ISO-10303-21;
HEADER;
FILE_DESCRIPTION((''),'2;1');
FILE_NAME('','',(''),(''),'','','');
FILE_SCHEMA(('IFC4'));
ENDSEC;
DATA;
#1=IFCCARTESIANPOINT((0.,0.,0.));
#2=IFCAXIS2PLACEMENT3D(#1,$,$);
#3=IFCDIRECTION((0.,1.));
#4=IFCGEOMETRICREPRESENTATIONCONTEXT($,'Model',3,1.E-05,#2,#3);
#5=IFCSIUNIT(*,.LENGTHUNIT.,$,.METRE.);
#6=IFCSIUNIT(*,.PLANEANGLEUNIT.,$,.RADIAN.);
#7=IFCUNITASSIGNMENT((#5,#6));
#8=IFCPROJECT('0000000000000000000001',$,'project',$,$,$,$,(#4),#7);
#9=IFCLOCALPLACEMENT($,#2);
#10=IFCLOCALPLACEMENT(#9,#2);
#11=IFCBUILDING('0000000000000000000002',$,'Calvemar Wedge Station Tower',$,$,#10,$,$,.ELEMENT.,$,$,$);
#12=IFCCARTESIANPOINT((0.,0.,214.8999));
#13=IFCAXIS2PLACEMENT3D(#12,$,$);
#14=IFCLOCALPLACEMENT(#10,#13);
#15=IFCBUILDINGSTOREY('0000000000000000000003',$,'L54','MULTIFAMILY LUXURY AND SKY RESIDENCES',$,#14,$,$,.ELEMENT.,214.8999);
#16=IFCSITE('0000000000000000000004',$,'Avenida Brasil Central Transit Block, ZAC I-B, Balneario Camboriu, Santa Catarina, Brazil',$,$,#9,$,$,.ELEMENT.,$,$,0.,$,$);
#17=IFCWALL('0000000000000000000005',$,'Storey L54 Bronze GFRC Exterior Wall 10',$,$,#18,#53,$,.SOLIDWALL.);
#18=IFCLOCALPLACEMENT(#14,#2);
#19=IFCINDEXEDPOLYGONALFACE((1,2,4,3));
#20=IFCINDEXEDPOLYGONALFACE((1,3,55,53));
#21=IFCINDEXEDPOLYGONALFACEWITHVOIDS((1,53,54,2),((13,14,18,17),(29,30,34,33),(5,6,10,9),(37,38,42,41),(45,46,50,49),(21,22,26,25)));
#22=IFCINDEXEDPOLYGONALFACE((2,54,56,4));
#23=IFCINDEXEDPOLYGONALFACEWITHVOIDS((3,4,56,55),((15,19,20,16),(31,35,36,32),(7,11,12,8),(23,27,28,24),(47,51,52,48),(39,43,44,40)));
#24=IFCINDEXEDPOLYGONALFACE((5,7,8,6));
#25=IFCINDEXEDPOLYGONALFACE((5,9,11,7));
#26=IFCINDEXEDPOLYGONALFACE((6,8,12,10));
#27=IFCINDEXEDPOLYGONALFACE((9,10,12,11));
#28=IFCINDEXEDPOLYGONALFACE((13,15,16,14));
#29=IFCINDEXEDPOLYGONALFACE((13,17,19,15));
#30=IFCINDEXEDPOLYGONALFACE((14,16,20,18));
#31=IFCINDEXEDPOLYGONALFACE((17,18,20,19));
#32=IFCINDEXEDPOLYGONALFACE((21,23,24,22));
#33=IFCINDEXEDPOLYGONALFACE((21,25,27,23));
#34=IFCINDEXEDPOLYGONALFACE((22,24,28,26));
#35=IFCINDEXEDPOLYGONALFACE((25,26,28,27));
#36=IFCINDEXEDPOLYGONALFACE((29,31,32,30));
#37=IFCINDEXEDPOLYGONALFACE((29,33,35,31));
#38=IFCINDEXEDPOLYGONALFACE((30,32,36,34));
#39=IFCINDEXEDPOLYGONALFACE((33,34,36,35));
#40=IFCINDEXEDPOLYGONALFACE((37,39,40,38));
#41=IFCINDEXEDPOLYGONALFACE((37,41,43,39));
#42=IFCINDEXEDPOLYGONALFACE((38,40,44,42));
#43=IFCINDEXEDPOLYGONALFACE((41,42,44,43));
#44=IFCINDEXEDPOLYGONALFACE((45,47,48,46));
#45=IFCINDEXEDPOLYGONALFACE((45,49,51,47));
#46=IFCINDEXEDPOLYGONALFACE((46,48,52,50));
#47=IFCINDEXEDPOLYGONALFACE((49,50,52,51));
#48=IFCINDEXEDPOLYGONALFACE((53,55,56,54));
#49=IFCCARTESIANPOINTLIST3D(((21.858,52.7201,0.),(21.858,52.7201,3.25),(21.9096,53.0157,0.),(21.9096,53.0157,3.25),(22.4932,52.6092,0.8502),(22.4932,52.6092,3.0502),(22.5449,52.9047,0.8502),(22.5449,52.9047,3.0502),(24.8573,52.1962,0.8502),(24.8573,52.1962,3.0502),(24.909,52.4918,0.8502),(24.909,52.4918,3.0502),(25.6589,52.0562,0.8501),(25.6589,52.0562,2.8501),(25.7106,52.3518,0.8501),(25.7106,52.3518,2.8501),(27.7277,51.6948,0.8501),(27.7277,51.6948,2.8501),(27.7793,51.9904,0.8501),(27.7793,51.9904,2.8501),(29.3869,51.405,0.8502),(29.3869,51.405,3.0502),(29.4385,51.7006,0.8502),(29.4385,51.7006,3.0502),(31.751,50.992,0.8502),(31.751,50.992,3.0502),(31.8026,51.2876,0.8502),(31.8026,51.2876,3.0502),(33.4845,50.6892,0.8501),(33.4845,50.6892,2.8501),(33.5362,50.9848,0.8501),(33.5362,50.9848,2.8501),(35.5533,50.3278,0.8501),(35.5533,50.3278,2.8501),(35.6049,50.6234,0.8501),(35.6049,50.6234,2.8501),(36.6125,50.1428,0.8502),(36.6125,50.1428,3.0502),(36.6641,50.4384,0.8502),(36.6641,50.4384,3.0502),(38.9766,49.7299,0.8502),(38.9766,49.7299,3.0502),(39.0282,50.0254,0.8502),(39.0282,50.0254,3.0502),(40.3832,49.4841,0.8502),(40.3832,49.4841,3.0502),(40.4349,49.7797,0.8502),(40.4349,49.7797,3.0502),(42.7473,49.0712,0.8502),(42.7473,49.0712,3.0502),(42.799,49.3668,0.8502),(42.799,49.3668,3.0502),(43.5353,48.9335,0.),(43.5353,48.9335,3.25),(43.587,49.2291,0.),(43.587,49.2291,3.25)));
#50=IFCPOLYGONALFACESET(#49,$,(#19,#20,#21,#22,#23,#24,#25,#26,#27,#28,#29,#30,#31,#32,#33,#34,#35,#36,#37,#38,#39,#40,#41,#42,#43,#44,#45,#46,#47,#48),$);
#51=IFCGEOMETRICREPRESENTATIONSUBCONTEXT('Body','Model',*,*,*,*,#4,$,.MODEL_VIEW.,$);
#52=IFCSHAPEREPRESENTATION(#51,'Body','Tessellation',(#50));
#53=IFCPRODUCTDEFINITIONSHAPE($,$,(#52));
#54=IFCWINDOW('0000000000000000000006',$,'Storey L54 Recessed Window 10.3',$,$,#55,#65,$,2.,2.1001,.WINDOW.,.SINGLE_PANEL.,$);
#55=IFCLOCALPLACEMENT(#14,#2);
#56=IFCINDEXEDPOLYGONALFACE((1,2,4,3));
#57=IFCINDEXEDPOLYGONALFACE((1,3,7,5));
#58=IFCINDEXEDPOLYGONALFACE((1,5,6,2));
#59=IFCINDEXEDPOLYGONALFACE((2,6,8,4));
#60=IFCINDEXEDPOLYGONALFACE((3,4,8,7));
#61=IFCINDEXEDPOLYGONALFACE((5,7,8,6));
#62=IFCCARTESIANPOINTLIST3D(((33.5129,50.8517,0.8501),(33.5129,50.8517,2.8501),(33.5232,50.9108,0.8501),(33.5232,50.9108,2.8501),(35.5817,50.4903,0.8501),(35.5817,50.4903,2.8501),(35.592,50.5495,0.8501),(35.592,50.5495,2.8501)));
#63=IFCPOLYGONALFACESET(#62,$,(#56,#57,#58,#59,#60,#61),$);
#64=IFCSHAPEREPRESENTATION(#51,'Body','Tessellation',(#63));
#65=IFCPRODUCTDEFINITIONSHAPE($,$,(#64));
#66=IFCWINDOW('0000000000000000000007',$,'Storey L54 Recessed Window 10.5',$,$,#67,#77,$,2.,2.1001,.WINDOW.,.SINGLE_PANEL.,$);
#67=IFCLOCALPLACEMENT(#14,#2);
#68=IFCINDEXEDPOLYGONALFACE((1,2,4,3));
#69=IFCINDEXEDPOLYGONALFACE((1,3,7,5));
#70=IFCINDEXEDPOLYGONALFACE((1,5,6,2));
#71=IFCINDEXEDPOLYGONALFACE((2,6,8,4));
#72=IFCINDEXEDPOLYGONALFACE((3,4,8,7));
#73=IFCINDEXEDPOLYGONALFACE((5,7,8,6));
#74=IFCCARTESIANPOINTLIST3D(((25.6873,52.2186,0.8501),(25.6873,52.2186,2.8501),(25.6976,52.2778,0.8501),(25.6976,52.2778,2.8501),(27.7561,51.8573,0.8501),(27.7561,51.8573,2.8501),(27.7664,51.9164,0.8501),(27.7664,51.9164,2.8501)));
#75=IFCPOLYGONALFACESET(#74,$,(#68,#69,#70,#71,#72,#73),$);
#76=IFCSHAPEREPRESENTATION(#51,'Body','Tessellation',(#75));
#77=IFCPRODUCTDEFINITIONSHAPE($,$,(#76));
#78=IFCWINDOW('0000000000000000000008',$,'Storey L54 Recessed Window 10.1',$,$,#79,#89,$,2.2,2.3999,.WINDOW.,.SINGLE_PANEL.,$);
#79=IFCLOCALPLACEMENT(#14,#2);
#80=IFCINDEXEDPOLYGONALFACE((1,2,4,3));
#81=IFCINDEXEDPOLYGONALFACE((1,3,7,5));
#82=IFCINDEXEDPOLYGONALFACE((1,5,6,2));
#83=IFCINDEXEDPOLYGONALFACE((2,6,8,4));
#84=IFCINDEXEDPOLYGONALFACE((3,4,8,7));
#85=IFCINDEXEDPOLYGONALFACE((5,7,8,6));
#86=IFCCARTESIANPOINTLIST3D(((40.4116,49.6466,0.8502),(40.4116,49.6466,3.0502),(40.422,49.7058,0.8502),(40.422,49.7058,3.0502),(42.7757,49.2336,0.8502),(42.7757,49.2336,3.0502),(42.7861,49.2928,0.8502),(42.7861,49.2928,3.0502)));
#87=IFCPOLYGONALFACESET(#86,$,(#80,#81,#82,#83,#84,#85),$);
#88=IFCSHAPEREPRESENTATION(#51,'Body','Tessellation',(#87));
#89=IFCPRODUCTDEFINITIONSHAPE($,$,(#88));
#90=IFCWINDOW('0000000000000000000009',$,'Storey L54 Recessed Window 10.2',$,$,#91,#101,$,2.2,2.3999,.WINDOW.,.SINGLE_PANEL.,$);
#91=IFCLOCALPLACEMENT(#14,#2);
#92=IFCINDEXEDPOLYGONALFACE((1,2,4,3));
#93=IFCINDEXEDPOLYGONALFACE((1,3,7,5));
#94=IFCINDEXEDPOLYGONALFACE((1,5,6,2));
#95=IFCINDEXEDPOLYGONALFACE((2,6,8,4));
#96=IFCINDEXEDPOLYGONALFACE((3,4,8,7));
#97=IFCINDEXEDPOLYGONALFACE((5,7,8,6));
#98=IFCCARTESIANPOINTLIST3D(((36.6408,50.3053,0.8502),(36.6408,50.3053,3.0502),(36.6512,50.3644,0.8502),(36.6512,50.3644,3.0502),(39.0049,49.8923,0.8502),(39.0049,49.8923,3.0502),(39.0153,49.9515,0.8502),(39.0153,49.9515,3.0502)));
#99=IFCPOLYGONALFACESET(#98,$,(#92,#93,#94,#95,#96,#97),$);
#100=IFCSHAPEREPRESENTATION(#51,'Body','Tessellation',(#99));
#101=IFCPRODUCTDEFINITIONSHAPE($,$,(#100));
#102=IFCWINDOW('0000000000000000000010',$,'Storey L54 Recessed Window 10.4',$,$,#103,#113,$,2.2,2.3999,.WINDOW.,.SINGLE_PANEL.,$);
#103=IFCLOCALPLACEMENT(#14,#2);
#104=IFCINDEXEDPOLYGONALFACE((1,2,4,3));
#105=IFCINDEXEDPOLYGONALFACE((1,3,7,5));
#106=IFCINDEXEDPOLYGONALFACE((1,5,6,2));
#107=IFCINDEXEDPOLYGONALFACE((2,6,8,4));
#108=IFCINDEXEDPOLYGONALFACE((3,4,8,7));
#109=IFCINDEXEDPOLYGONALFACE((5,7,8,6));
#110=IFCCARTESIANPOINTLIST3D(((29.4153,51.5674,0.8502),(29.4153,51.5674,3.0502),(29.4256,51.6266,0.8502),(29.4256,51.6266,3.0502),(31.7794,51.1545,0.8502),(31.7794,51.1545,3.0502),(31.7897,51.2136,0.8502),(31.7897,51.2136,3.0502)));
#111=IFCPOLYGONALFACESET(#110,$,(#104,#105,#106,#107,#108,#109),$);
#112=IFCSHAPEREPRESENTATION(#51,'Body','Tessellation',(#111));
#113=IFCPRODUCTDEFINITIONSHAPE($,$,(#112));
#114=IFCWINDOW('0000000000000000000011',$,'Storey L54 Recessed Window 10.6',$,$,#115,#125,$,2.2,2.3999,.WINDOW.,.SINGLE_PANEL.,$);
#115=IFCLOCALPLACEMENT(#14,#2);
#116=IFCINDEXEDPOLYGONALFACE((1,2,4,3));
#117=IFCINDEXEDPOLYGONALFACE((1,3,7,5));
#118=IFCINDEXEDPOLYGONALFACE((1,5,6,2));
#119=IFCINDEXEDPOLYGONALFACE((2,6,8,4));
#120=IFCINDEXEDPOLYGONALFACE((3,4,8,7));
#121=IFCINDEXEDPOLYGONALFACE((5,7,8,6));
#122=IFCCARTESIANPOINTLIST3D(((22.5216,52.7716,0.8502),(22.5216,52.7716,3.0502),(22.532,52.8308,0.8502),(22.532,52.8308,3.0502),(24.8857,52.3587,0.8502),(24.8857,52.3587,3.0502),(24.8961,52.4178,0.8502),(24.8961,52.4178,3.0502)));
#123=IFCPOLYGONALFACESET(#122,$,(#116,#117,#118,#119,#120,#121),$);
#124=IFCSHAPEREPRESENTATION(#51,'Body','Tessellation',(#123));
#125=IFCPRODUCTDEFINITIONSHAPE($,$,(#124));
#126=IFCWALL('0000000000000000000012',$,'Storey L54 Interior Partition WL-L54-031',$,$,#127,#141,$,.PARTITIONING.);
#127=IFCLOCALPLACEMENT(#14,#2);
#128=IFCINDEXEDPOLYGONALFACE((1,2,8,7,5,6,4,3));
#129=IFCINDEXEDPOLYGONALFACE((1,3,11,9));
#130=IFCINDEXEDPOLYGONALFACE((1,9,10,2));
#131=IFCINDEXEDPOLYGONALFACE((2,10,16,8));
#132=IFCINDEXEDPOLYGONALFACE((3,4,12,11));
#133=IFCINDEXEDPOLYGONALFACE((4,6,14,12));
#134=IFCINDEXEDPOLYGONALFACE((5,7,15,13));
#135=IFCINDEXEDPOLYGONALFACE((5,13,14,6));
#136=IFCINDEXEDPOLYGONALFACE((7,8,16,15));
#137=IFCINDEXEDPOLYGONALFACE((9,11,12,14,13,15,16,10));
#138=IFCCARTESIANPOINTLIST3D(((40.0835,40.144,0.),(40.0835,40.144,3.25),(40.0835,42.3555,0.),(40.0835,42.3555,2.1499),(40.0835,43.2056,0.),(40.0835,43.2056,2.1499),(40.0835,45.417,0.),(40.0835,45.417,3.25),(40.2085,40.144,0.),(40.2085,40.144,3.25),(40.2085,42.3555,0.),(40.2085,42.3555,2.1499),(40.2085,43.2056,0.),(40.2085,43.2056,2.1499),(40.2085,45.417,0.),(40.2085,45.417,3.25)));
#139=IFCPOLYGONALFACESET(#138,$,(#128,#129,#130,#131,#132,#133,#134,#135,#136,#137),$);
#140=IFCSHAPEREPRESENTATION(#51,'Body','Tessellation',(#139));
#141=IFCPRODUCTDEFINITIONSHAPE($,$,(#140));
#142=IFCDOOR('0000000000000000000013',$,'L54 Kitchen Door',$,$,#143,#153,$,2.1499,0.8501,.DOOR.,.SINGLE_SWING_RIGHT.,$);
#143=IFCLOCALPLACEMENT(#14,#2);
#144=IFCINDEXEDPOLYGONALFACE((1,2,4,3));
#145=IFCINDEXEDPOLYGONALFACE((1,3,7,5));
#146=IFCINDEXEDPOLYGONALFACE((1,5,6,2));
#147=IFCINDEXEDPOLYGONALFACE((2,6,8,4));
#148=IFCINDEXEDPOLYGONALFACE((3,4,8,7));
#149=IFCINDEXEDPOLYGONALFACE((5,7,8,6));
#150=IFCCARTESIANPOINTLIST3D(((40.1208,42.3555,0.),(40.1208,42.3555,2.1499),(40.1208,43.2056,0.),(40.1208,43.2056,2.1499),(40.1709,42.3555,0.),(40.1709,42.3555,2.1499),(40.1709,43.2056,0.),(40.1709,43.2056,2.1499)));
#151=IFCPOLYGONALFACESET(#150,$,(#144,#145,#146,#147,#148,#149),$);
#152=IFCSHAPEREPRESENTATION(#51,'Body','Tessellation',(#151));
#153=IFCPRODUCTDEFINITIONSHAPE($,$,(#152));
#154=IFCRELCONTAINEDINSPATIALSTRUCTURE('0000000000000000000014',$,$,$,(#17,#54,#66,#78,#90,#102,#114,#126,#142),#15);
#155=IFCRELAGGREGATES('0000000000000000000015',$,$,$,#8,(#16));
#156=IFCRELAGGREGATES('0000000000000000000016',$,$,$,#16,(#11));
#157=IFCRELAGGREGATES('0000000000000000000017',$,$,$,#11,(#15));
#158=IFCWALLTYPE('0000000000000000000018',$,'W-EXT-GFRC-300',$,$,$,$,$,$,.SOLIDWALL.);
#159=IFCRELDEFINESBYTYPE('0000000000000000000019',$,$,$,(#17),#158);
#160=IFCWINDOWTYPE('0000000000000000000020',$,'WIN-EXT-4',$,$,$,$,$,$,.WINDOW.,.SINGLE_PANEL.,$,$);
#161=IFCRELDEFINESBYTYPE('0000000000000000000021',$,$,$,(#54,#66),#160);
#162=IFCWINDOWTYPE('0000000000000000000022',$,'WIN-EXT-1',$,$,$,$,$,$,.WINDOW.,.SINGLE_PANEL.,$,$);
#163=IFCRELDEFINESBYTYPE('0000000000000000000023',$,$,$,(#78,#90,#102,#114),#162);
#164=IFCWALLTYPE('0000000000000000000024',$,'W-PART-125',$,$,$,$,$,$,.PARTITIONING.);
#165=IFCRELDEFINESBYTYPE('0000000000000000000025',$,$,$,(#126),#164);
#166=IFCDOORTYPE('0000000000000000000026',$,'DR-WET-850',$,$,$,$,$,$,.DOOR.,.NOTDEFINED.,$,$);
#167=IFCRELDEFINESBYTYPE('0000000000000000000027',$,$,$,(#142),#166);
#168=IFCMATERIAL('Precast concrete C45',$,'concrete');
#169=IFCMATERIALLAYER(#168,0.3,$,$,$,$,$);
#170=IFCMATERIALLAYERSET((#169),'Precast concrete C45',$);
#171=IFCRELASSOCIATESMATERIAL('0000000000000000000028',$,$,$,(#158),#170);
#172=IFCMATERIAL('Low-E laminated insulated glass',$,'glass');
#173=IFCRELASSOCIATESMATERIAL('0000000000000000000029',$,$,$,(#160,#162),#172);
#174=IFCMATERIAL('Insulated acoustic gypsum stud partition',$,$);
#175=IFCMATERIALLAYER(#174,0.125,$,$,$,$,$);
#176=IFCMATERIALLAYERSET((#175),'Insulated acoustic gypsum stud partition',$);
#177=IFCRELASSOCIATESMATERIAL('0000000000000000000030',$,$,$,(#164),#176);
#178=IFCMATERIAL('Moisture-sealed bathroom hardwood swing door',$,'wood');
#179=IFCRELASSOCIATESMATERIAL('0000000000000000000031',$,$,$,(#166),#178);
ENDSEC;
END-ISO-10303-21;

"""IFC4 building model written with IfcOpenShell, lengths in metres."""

from ifc_helpers import new_model, si_unit, direction, frame, frame_2d, origin, place, context, subcontext, project, spatial, rectangle, extrude, source, transform, mapped, material, layer, layer_set, type_object, element, fill, save


model = new_model("IFC4")

# Units and contexts
model_context = context("Model", 3, precision=1e-05, world=origin(), true_north=direction((0.0, 1.0)))
body_context = subcontext(model_context, "Body", "Model", "MODEL_VIEW")
ifc_project = project(units=[si_unit("LENGTHUNIT", "METRE"), si_unit("PLANEANGLEUNIT", "RADIAN")], contexts=[model_context])

# Site, building, storey
site_placement = place(None, origin())
site = spatial("IfcSite", under=ifc_project, at=site_placement, Name="Avenida Brasil Central Transit Block, ZAC I-B, Balneario Camboriu, Santa Catarina, Brazil", CompositionType="ELEMENT", RefElevation=0.0)
building_placement = place(site_placement, origin())
building = spatial("IfcBuilding", under=site, at=building_placement, Name="Calvemar Wedge Station Tower", CompositionType="ELEMENT")
storey_placement = place(building_placement, frame((0.0, 0.0, 214.8999)))
storey = spatial("IfcBuildingStorey", under=building, at=storey_placement, Name="L54", Description="MULTIFAMILY LUXURY AND SKY RESIDENCES", CompositionType="ELEMENT", Elevation=214.8999)

# Shared definitions
ifc_material_1 = material(Name="Precast concrete C45", Category="concrete")
ifc_layer_1 = layer(ifc_material_1, 0.3)
ifc_layer_set_1 = layer_set([ifc_layer_1], Name="Precast concrete C45")
wall_type_1 = type_object("IfcWallType", Name="W-EXT-GFRC-300", PredefinedType="SOLIDWALL", material=ifc_layer_set_1)
ifc_material_2 = material(Name="Low-E laminated insulated glass", Category="glass")

# Wall, openings, windows
wall_1_placement = place(storey_placement, frame((43.5613, 49.0813, 0.0), z_axis=(0.0, 0.0, 1.0), x_axis=(-0.985084, 0.172074, 0.0)))
wall_1 = element("IfcWall", 1, at=wall_1_placement, inside=storey, type_object=wall_type_1, Name="Storey L54 Bronze GFRC Exterior Wall 10", PredefinedType="SOLIDWALL", context=body_context, shape_type="SweptSolid", body=[
    extrude(rectangle(XDim=22.0056, YDim=0.3, at=frame_2d((11.0029, 0.0))), origin(), (0.0, 0.0, 1.0), 3.25),
])
shared_shape_1 = source(origin(), body_context, "Body", "SweptSolid", [
    extrude(rectangle(XDim=2.3999, YDim=2.2, at=frame_2d((1.2, 1.1001))), frame((0.0, 0.1602, 0.0), z_axis=(0.0, -1.0, 0.0), x_axis=(1.0, 0.0, 0.0)), (0.0, 0.0, 1.0), 0.3201),
])
opening_1_placement = place(wall_1_placement, frame((0.8, 0.0, 0.8501)))
opening_1 = element("IfcOpeningElement", 2, at=opening_1_placement, cuts=wall_1, PredefinedType="OPENING", context=body_context, shape_type="MappedRepresentation", body=[
    mapped(shared_shape_1, transform((0.0, 0.0, 0.0), scale=1.0)),
])
opening_2_placement = place(wall_1_placement, frame((4.6279, 0.0, 0.8501)))
opening_2 = element("IfcOpeningElement", 3, at=opening_2_placement, cuts=wall_1, PredefinedType="OPENING", context=body_context, shape_type="MappedRepresentation", body=[
    mapped(shared_shape_1, transform((0.0, 0.0, 0.0), scale=1.0)),
])
shared_shape_2 = source(origin(), body_context, "Body", "SweptSolid", [
    extrude(rectangle(XDim=2.1001, YDim=2.0, at=frame_2d((1.05, 1.0))), frame((0.0, 0.1602, 0.0), z_axis=(0.0, -1.0, 0.0), x_axis=(1.0, 0.0, 0.0)), (0.0, 0.0, 1.0), 0.3201),
])
opening_3_placement = place(wall_1_placement, frame((8.103, 0.0, 0.8501)))
opening_3 = element("IfcOpeningElement", 4, at=opening_3_placement, cuts=wall_1, PredefinedType="OPENING", context=body_context, shape_type="MappedRepresentation", body=[
    mapped(shared_shape_2, transform((0.0, 0.0, 0.0), scale=1.0)),
])
opening_4_placement = place(wall_1_placement, frame((11.9629, 0.0, 0.8501)))
opening_4 = element("IfcOpeningElement", 5, at=opening_4_placement, cuts=wall_1, PredefinedType="OPENING", context=body_context, shape_type="MappedRepresentation", body=[
    mapped(shared_shape_1, transform((0.0, 0.0, 0.0), scale=1.0)),
])
opening_5_placement = place(wall_1_placement, frame((16.0471, 0.0, 0.8501)))
opening_5 = element("IfcOpeningElement", 6, at=opening_5_placement, cuts=wall_1, PredefinedType="OPENING", context=body_context, shape_type="MappedRepresentation", body=[
    mapped(shared_shape_2, transform((0.0, 0.0, 0.0), scale=1.0)),
])
opening_6_placement = place(wall_1_placement, frame((18.9609, 0.0, 0.8501)))
opening_6 = element("IfcOpeningElement", 7, at=opening_6_placement, cuts=wall_1, PredefinedType="OPENING", context=body_context, shape_type="MappedRepresentation", body=[
    mapped(shared_shape_1, transform((0.0, 0.0, 0.0), scale=1.0)),
])
window_type_1 = type_object("IfcWindowType", Name="WIN-EXT-4", PartitioningType="SINGLE_PANEL", PredefinedType="WINDOW", material=ifc_material_2)
shared_shape_3 = source(origin(), body_context, "Body", "SweptSolid", [
    extrude(rectangle(XDim=2.1001, YDim=2.0, at=frame_2d((1.05, 1.0))), frame((0.0, -0.0149, 0.0), z_axis=(0.0, -1.0, 0.0), x_axis=(1.0, 0.0, 0.0)), (0.0, 0.0, 1.0), 0.0601),
])
window_1_placement = place(opening_3_placement, origin())
window_1 = element("IfcWindow", 8, at=window_1_placement, inside=storey, type_object=window_type_1, Name="Storey L54 Recessed Window 10.3", OverallHeight=2.0, OverallWidth=2.1001, PartitioningType="SINGLE_PANEL", PredefinedType="WINDOW", context=body_context, shape_type="MappedRepresentation", body=[
    mapped(shared_shape_3, transform((0.0, 0.0, 0.0), scale=1.0)),
])
fill(opening_3, window_1)
window_2_placement = place(opening_5_placement, origin())
window_2 = element("IfcWindow", 9, at=window_2_placement, inside=storey, type_object=window_type_1, Name="Storey L54 Recessed Window 10.5", OverallHeight=2.0, OverallWidth=2.1001, PartitioningType="SINGLE_PANEL", PredefinedType="WINDOW", context=body_context, shape_type="MappedRepresentation", body=[
    mapped(shared_shape_3, transform((0.0, 0.0, 0.0), scale=1.0)),
])
fill(opening_5, window_2)
window_type_2 = type_object("IfcWindowType", Name="WIN-EXT-1", PartitioningType="SINGLE_PANEL", PredefinedType="WINDOW", material=ifc_material_2)
shared_shape_4 = source(origin(), body_context, "Body", "SweptSolid", [
    extrude(rectangle(XDim=2.3999, YDim=2.2, at=frame_2d((1.2, 1.1001))), frame((0.0, -0.0149, 0.0), z_axis=(0.0, -1.0, 0.0), x_axis=(1.0, 0.0, 0.0)), (0.0, 0.0, 1.0), 0.0601),
])
window_3_placement = place(opening_1_placement, origin())
window_3 = element("IfcWindow", 10, at=window_3_placement, inside=storey, type_object=window_type_2, Name="Storey L54 Recessed Window 10.1", OverallHeight=2.2, OverallWidth=2.3999, PartitioningType="SINGLE_PANEL", PredefinedType="WINDOW", context=body_context, shape_type="MappedRepresentation", body=[
    mapped(shared_shape_4, transform((0.0, 0.0, 0.0), scale=1.0)),
])
fill(opening_1, window_3)
window_4_placement = place(opening_2_placement, origin())
window_4 = element("IfcWindow", 11, at=window_4_placement, inside=storey, type_object=window_type_2, Name="Storey L54 Recessed Window 10.2", OverallHeight=2.2, OverallWidth=2.3999, PartitioningType="SINGLE_PANEL", PredefinedType="WINDOW", context=body_context, shape_type="MappedRepresentation", body=[
    mapped(shared_shape_4, transform((0.0, 0.0, 0.0), scale=1.0)),
])
fill(opening_2, window_4)
window_5_placement = place(opening_4_placement, origin())
window_5 = element("IfcWindow", 12, at=window_5_placement, inside=storey, type_object=window_type_2, Name="Storey L54 Recessed Window 10.4", OverallHeight=2.2, OverallWidth=2.3999, PartitioningType="SINGLE_PANEL", PredefinedType="WINDOW", context=body_context, shape_type="MappedRepresentation", body=[
    mapped(shared_shape_4, transform((0.0, 0.0, 0.0), scale=1.0)),
])
fill(opening_4, window_5)
window_6_placement = place(opening_6_placement, origin())
window_6 = element("IfcWindow", 13, at=window_6_placement, inside=storey, type_object=window_type_2, Name="Storey L54 Recessed Window 10.6", OverallHeight=2.2, OverallWidth=2.3999, PartitioningType="SINGLE_PANEL", PredefinedType="WINDOW", context=body_context, shape_type="MappedRepresentation", body=[
    mapped(shared_shape_4, transform((0.0, 0.0, 0.0), scale=1.0)),
])
fill(opening_6, window_6)

# Wall, opening, door
ifc_material_3 = material(Name="Insulated acoustic gypsum stud partition")
ifc_layer_2 = layer(ifc_material_3, 0.125)
ifc_layer_set_2 = layer_set([ifc_layer_2], Name="Insulated acoustic gypsum stud partition")
wall_type_2 = type_object("IfcWallType", Name="W-PART-125", PredefinedType="PARTITIONING", material=ifc_layer_set_2)
wall_2_placement = place(storey_placement, frame((40.146, 45.417, 0.0), z_axis=(0.0, 0.0, 1.0), x_axis=(0.0, -1.0, 0.0)))
wall_2 = element("IfcWall", 14, at=wall_2_placement, inside=storey, type_object=wall_type_2, Name="Storey L54 Interior Partition WL-L54-031", PredefinedType="PARTITIONING", context=body_context, shape_type="SweptSolid", body=[
    extrude(rectangle(XDim=5.2729, YDim=0.125, at=frame_2d((2.6365, 0.0))), origin(), (0.0, 0.0, 1.0), 3.25),
])
shared_shape_5 = source(origin(), body_context, "Body", "SweptSolid", [
    extrude(rectangle(XDim=0.8501, YDim=2.1499, at=frame_2d((0.425, 1.075))), frame((0.0, 0.0725, 0.0), z_axis=(0.0, -1.0, 0.0), x_axis=(1.0, 0.0, 0.0)), (0.0, 0.0, 1.0), 0.145),
])
opening_7_placement = place(wall_2_placement, frame((2.2114, 0.0, 0.0)))
opening_7 = element("IfcOpeningElement", 15, at=opening_7_placement, cuts=wall_2, PredefinedType="OPENING", context=body_context, shape_type="MappedRepresentation", body=[
    mapped(shared_shape_5, transform((0.0, 0.0, 0.0), scale=1.0)),
])
ifc_material_4 = material(Name="Moisture-sealed bathroom hardwood swing door", Category="wood")
door_type_1 = type_object("IfcDoorType", Name="DR-WET-850", OperationType="NOTDEFINED", PredefinedType="DOOR", material=ifc_material_4)
shared_shape_6 = source(origin(), body_context, "Body", "SweptSolid", [
    extrude(rectangle(XDim=0.8501, YDim=2.1499, at=frame_2d((0.425, 1.075))), frame((0.0, 0.0249, 0.0), z_axis=(0.0, -1.0, 0.0), x_axis=(1.0, 0.0, 0.0)), (0.0, 0.0, 1.0), 0.05),
])
door_1_placement = place(opening_7_placement, origin())
door_1 = element("IfcDoor", 16, at=door_1_placement, inside=storey, type_object=door_type_1, Name="L54 Kitchen Door", OperationType="SINGLE_SWING_RIGHT", OverallHeight=2.1499, OverallWidth=0.8501, PredefinedType="DOOR", context=body_context, shape_type="MappedRepresentation", body=[
    mapped(shared_shape_6, transform((0.0, 0.0, 0.0), scale=1.0)),
])
fill(opening_7, door_1)

save(model, "model.ifc")
